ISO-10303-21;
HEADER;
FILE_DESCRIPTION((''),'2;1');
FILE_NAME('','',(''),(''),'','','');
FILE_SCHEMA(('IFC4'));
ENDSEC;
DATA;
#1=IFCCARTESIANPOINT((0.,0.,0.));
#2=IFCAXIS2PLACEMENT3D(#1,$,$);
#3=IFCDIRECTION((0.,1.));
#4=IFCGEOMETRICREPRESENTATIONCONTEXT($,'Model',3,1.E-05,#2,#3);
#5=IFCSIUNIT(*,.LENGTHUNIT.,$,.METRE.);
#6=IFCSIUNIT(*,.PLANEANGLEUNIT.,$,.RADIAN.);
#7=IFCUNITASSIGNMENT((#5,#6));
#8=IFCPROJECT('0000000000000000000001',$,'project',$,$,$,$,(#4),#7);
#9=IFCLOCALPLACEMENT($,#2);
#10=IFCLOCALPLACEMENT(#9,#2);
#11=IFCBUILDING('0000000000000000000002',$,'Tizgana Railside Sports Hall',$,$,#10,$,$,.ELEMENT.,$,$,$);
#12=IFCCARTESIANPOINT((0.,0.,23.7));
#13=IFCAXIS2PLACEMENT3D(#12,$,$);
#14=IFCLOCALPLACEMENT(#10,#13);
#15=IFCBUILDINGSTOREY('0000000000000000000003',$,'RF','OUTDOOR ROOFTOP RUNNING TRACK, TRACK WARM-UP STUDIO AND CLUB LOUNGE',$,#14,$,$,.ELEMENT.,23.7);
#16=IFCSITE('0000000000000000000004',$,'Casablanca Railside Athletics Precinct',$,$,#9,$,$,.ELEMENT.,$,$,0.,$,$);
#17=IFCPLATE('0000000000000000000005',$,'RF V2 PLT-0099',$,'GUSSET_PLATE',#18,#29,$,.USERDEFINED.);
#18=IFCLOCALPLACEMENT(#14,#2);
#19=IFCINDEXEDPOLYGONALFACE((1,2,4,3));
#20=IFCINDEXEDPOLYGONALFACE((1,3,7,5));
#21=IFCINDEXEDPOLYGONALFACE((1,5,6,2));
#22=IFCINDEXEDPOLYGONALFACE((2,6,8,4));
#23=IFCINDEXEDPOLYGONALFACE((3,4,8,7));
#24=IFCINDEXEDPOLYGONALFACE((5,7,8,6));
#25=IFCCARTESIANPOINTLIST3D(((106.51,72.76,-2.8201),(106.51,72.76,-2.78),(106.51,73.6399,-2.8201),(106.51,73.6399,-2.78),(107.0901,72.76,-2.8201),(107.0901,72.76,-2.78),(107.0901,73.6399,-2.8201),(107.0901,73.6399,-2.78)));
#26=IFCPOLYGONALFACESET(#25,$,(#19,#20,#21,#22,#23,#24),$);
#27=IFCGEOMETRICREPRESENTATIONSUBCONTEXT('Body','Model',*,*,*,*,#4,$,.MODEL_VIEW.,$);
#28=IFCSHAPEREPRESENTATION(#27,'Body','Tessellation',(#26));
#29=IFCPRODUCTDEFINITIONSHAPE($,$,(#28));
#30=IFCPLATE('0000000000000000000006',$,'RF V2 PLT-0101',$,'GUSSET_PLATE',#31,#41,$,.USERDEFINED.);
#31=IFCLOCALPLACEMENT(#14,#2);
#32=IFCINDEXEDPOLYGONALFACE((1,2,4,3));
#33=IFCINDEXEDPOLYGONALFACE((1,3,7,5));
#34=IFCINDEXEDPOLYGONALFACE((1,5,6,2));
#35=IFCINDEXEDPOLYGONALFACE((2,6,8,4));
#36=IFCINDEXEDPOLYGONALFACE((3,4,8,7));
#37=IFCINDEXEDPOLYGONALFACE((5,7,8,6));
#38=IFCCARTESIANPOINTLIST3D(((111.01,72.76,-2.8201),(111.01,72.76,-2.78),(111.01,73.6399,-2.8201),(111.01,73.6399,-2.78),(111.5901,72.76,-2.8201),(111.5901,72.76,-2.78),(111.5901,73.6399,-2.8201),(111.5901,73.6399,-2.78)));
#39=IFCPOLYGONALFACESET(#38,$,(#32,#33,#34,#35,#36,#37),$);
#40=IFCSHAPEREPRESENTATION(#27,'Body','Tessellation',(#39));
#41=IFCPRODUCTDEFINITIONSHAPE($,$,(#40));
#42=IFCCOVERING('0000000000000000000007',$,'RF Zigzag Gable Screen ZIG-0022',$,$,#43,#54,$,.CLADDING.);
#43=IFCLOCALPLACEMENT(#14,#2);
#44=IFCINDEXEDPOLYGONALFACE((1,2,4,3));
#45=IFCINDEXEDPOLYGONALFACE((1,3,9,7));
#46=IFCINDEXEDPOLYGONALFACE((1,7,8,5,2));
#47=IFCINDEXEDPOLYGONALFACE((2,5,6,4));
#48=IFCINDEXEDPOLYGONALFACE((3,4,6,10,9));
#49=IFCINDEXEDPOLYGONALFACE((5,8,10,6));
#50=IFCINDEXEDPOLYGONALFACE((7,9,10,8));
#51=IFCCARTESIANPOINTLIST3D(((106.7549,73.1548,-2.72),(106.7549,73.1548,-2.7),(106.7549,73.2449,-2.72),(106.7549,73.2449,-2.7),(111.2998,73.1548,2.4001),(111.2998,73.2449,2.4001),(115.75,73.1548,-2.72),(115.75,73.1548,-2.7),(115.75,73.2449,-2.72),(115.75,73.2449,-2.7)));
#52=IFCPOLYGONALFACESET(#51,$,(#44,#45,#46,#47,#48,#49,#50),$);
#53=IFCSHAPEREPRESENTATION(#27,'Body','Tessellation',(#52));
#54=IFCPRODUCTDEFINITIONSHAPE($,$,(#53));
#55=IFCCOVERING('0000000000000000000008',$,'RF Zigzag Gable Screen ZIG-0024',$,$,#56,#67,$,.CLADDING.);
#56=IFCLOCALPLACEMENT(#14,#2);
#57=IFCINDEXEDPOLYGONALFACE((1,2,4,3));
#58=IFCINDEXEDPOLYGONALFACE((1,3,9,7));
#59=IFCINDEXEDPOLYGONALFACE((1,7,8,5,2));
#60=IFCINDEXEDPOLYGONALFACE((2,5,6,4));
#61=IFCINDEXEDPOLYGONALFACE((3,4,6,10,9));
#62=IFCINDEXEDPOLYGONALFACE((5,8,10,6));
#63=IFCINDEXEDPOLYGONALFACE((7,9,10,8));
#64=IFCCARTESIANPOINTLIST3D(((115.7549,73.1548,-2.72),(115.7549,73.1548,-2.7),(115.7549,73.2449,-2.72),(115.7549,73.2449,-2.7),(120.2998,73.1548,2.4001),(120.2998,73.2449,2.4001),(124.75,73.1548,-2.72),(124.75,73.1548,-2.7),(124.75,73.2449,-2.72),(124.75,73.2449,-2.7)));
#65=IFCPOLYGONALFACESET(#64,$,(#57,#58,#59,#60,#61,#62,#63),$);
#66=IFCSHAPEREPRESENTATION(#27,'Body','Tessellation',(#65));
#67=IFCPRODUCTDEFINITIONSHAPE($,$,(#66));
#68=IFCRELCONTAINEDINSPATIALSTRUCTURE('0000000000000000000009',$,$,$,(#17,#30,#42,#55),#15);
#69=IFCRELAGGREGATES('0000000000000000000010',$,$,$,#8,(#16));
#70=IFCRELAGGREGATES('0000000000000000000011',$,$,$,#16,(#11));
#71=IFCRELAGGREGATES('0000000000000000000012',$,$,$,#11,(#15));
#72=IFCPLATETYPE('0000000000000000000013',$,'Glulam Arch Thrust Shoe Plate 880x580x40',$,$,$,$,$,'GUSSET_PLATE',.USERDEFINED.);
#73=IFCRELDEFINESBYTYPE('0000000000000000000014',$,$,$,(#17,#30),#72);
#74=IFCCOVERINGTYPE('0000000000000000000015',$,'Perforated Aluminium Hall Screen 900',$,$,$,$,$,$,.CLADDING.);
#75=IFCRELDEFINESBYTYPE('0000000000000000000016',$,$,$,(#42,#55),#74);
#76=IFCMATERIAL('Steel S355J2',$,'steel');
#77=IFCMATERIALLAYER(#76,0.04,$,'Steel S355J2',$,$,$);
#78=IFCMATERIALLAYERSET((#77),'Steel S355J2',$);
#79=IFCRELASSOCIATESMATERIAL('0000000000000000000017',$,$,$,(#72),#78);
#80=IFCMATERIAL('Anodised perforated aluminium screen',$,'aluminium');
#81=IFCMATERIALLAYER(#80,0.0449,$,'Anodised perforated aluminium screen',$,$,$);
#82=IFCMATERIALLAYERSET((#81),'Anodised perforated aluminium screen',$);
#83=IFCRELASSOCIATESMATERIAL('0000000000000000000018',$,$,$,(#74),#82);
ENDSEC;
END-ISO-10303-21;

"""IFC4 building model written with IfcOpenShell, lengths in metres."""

from ifc_helpers import new_model, si_unit, direction, frame, origin, origin_2d, place, context, subcontext, project, spatial, polyline, rectangle, outline, extrude, material, layer, layer_set, type_object, element, save


model = new_model("IFC4")

# Units and contexts
model_context = context("Model", 3, precision=1e-05, world=origin(), true_north=direction((0.0, 1.0)))
body_context = subcontext(model_context, "Body", "Model", "MODEL_VIEW")
ifc_project = project(units=[si_unit("LENGTHUNIT", "METRE"), si_unit("PLANEANGLEUNIT", "RADIAN")], contexts=[model_context])

# Site, building, storey
site_placement = place(None, origin())
site = spatial("IfcSite", under=ifc_project, at=site_placement, Name="Casablanca Railside Athletics Precinct", CompositionType="ELEMENT", RefElevation=0.0)
building_placement = place(site_placement, origin())
building = spatial("IfcBuilding", under=site, at=building_placement, Name="Tizgana Railside Sports Hall", CompositionType="ELEMENT")
storey_placement = place(building_placement, frame((0.0, 0.0, 23.7)))
storey = spatial("IfcBuildingStorey", under=building, at=storey_placement, Name="RF", Description="OUTDOOR ROOFTOP RUNNING TRACK, TRACK WARM-UP STUDIO AND CLUB LOUNGE", CompositionType="ELEMENT", Elevation=23.7)

# Shared definitions
ifc_material_1 = material(Name="Steel S355J2", Category="steel")

# Plates
ifc_layer_1 = layer(ifc_material_1, 0.04, Name="Steel S355J2")
ifc_layer_set_1 = layer_set([ifc_layer_1], Name="Steel S355J2")
plate_type = type_object("IfcPlateType", Name="Glulam Arch Thrust Shoe Plate 880x580x40", ElementType="GUSSET_PLATE", PredefinedType="USERDEFINED", material=ifc_layer_set_1)
for number, where, z_axis, x_axis, name in (
    (1, (106.8, 73.2, -2.8201), (0.0, 0.0, 1.0), (1.0, 0.0, 0.0), "RF V2 PLT-0099"),
    (2, (111.3, 73.2, -2.8201), (0.0, 0.0, 1.0), (1.0, 0.0, 0.0), "RF V2 PLT-0101"),
):
    element("IfcPlate", number, at=place(storey_placement, frame(where, z_axis=z_axis, x_axis=x_axis)), inside=storey, type_object=plate_type, Name=name, ObjectType="GUSSET_PLATE", PredefinedType="USERDEFINED", context=body_context, shape_type="SweptSolid", body=[
        extrude(rectangle(XDim=0.5801, YDim=0.8799, at=origin_2d()), origin(), (0.0, 0.0, 1.0), 0.04),
    ])

# Coverings
ifc_material_2 = material(Name="Anodised perforated aluminium screen", Category="aluminium")
ifc_layer_2 = layer(ifc_material_2, 0.0449, Name="Anodised perforated aluminium screen")
ifc_layer_set_2 = layer_set([ifc_layer_2], Name="Anodised perforated aluminium screen")
covering_type = type_object("IfcCoveringType", Name="Perforated Aluminium Hall Screen 900", PredefinedType="CLADDING", material=ifc_layer_set_2)
for number, where, z_axis, x_axis, name in (
    (3, (106.7549, 73.2, -2.72), (0.0, 0.0, 1.0), (1.0, 0.0, 0.0), "RF Zigzag Gable Screen ZIG-0022"),
    (4, (115.7549, 73.2, -2.72), (0.0, 0.0, 1.0), (1.0, 0.0, 0.0), "RF Zigzag Gable Screen ZIG-0024"),
):
    element("IfcCovering", number, at=place(storey_placement, frame(where, z_axis=z_axis, x_axis=x_axis)), inside=storey, type_object=covering_type, Name=name, PredefinedType="CLADDING", context=body_context, shape_type="SweptSolid", body=[
        extrude(outline(polyline([(0.0, 0.0), (8.9951, 0.0), (8.9951, 0.02), (4.5449, 5.1201), (0.0, 0.02), (0.0, 0.0)])), frame((0.0, 0.0449, 0.0), z_axis=(0.0, -1.0, 0.0), x_axis=(1.0, 0.0, 0.0)), (0.0, 0.0, 1.0), 0.0901),
    ])

save(model, "model.ifc")
